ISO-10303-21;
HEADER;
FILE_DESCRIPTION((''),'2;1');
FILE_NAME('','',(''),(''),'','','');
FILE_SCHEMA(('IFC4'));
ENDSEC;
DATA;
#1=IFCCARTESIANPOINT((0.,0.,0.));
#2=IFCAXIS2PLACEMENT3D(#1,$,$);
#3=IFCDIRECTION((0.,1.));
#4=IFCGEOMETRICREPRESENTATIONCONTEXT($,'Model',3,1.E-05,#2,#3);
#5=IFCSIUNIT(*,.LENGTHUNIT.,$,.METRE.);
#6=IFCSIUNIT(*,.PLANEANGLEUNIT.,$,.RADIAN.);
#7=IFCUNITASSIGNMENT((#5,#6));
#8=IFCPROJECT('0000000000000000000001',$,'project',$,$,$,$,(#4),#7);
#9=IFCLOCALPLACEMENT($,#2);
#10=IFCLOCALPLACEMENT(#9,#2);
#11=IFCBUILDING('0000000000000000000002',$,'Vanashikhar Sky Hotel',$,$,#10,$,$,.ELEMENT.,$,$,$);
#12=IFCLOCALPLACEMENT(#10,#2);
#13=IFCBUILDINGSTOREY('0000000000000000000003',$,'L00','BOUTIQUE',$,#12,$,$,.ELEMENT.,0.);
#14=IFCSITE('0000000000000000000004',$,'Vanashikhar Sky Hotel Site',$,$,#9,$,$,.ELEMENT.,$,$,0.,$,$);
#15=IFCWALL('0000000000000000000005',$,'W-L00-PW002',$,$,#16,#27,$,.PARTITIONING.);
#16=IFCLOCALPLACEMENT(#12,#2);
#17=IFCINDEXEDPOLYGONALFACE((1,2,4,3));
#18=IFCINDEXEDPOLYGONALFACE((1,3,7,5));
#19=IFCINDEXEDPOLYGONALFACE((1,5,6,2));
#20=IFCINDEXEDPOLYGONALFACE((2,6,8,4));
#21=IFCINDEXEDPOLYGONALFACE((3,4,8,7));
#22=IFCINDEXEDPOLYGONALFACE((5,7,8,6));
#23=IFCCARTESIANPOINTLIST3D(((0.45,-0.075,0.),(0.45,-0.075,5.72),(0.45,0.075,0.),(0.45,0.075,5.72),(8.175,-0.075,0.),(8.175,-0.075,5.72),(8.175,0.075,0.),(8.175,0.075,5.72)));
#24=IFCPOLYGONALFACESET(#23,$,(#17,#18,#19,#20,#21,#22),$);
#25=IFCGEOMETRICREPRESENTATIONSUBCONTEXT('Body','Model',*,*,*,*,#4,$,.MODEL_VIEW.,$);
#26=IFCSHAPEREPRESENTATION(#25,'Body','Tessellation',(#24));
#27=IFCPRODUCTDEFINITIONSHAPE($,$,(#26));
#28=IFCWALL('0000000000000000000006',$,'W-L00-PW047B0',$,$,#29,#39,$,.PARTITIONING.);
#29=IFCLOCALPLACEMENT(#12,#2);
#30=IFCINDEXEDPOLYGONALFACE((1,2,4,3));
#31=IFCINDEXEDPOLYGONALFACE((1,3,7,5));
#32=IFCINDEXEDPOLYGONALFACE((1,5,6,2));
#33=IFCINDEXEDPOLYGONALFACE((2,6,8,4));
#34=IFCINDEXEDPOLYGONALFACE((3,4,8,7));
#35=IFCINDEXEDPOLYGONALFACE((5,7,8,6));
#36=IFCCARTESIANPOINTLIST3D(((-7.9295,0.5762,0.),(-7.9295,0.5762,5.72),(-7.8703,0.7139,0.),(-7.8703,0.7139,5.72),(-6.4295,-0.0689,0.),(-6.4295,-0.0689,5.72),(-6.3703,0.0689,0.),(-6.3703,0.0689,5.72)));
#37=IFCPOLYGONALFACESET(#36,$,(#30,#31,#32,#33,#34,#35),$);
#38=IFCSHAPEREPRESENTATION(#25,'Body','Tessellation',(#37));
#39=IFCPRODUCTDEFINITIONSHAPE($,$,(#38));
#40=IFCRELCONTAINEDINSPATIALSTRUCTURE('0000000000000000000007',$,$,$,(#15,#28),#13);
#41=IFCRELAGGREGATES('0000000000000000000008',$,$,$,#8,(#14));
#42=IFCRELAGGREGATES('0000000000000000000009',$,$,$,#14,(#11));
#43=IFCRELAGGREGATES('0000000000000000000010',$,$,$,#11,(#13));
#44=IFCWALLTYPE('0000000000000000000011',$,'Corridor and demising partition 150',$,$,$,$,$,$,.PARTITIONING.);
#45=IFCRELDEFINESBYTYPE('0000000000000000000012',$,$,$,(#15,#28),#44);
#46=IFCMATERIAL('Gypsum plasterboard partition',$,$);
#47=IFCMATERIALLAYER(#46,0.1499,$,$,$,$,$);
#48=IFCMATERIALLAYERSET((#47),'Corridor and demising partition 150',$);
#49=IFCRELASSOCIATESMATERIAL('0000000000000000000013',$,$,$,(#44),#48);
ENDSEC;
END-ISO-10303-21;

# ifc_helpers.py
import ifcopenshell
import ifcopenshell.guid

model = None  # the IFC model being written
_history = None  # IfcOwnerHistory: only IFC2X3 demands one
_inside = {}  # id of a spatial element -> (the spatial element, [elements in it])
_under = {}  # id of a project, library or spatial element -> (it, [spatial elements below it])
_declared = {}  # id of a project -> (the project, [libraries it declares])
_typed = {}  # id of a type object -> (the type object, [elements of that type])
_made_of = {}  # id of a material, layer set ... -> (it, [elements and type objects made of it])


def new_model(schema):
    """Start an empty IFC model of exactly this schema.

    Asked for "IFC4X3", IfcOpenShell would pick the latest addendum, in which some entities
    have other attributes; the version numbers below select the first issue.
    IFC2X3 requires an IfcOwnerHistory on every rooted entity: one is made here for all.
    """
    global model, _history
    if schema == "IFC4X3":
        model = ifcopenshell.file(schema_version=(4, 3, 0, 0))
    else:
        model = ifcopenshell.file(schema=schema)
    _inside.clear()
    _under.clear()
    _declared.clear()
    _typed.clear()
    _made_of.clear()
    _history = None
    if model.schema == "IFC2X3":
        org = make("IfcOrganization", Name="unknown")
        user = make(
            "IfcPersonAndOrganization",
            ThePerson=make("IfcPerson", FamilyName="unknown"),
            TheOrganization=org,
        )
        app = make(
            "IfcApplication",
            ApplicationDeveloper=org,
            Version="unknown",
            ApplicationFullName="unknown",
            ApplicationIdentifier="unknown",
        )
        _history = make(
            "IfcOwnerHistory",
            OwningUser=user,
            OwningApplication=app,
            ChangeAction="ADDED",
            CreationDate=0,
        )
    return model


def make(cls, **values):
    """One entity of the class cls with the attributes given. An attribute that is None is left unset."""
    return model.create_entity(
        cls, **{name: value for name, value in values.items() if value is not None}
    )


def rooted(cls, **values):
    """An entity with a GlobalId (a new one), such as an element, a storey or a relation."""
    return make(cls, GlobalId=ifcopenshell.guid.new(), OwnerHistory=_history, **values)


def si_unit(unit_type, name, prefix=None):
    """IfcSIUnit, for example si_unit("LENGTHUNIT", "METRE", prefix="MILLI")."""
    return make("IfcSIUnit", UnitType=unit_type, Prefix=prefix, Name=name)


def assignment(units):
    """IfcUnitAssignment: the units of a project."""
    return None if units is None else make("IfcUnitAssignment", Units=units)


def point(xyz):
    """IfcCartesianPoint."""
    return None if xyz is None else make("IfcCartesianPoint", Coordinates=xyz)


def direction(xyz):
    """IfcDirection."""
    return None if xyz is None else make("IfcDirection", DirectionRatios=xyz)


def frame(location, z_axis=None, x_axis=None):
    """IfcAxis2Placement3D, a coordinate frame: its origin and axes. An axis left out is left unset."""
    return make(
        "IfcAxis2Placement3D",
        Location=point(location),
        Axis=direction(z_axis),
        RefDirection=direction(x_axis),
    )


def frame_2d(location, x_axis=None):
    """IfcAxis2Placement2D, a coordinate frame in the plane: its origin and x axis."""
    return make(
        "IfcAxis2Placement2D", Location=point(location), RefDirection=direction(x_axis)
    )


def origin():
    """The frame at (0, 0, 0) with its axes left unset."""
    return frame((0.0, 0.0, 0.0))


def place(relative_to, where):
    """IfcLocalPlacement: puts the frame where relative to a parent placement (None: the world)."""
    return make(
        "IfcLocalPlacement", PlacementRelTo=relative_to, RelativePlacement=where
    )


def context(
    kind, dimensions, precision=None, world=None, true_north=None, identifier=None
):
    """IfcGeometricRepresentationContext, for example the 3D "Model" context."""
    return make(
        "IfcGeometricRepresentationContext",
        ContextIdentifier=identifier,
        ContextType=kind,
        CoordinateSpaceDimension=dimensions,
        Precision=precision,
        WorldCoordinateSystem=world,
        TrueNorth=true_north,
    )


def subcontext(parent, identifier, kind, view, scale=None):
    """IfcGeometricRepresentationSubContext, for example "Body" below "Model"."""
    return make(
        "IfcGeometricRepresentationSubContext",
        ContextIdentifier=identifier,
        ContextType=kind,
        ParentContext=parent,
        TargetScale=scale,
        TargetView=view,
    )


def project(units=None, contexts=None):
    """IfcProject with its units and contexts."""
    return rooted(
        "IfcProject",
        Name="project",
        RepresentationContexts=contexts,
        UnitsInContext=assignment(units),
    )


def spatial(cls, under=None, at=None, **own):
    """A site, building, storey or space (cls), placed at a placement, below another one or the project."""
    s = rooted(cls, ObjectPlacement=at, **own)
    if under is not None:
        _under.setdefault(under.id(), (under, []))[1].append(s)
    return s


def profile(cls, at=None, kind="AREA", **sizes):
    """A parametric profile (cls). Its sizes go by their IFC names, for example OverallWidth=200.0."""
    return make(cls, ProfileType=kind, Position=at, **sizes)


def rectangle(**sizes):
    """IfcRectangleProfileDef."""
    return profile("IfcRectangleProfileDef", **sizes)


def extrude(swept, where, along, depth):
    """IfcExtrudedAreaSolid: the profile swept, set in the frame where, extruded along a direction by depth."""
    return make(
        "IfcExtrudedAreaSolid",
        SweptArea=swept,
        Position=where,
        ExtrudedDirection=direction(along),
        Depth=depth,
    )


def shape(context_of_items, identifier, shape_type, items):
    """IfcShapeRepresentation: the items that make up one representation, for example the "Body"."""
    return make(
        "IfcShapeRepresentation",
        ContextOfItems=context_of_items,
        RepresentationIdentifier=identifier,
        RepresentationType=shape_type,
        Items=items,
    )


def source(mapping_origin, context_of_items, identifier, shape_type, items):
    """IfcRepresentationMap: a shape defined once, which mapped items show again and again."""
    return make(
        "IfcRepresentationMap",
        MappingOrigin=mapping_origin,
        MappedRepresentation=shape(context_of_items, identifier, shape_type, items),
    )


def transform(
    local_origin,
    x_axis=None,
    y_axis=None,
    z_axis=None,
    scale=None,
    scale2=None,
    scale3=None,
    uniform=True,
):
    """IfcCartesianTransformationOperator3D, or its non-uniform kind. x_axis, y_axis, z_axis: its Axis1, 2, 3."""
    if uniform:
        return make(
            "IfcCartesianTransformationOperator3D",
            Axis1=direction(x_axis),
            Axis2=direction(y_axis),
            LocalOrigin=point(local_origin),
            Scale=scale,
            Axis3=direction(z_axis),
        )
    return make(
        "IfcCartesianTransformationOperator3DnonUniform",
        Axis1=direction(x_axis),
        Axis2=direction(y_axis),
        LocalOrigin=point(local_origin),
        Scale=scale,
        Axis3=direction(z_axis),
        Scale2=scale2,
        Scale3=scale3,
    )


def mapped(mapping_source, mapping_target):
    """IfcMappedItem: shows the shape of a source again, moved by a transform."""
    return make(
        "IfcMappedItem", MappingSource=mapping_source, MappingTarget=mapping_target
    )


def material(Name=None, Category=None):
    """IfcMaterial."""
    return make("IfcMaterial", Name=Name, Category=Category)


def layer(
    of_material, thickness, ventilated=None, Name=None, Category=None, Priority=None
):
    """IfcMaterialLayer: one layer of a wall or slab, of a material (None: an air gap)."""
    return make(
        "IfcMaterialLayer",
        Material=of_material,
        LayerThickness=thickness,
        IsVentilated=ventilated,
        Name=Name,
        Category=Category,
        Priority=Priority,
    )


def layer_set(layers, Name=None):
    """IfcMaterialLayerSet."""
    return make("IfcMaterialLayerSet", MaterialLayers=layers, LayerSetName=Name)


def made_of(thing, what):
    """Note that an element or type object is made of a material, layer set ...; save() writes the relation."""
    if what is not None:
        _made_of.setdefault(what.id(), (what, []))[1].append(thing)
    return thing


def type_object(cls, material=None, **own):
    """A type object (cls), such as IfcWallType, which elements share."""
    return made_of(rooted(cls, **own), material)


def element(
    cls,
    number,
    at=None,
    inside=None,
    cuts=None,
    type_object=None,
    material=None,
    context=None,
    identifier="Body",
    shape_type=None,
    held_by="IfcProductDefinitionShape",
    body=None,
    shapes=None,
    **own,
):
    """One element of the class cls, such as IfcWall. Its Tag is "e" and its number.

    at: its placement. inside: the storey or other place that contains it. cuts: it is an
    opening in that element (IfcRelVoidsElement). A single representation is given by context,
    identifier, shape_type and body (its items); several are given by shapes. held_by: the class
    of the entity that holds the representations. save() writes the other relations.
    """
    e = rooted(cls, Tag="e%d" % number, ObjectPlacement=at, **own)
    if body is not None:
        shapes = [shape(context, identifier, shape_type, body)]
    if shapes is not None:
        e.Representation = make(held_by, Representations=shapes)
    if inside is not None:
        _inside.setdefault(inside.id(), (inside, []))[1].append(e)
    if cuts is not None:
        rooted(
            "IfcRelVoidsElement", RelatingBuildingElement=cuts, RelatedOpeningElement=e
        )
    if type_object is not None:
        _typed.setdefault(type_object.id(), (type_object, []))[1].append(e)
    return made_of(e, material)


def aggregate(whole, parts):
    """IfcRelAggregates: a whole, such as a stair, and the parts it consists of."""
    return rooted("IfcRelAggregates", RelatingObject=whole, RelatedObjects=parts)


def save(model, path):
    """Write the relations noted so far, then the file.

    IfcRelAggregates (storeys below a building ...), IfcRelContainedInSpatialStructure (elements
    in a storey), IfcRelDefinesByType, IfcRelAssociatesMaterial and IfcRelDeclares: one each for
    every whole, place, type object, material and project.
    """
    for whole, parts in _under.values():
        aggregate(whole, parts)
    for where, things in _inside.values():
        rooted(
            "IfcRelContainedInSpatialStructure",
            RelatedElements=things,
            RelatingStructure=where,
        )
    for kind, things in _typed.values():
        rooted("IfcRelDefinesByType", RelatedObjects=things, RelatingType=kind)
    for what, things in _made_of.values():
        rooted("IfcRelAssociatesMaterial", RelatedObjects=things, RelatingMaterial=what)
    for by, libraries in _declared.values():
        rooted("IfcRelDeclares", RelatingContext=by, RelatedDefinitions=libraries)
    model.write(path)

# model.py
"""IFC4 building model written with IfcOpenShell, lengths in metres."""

from ifc_helpers import new_model, si_unit, direction, frame, frame_2d, origin, place, context, subcontext, project, spatial, rectangle, extrude, source, transform, mapped, material, layer, layer_set, type_object, element, save


model = new_model("IFC4")

# Units and contexts
model_context = context("Model", 3, precision=1e-05, world=origin(), true_north=direction((0.0, 1.0)))
body_context = subcontext(model_context, "Body", "Model", "MODEL_VIEW")
ifc_project = project(units=[si_unit("LENGTHUNIT", "METRE"), si_unit("PLANEANGLEUNIT", "RADIAN")], contexts=[model_context])

# Site, building, storey
site_placement = place(None, origin())
site = spatial("IfcSite", under=ifc_project, at=site_placement, Name="Vanashikhar Sky Hotel Site", CompositionType="ELEMENT", RefElevation=0.0)
building_placement = place(site_placement, origin())
building = spatial("IfcBuilding", under=site, at=building_placement, Name="Vanashikhar Sky Hotel", CompositionType="ELEMENT")
storey_placement = place(building_placement, origin())
storey = spatial("IfcBuildingStorey", under=building, at=storey_placement, Name="L00", Description="BOUTIQUE", CompositionType="ELEMENT", Elevation=0.0)

# Shared definitions
ifc_material_1 = material(Name="Gypsum plasterboard partition")
ifc_layer_1 = layer(ifc_material_1, 0.1499)
ifc_layer_set_1 = layer_set([ifc_layer_1], Name="Corridor and demising partition 150")
wall_type_1 = type_object("IfcWallType", Name="Corridor and demising partition 150", PredefinedType="PARTITIONING", material=ifc_layer_set_1)

# Walls
shared_shape_1 = source(origin(), body_context, "Body", "SweptSolid", [
    extrude(rectangle(XDim=7.7251, YDim=0.1499, at=frame_2d((3.8625, 0.0))), origin(), (0.0, 0.0, 1.0), 5.72),
])
wall_1_placement = place(storey_placement, frame((0.45, 0.0, 0.0), z_axis=(0.0, 0.0, 1.0), x_axis=(1.0, 0.0, 0.0)))
element("IfcWall", 1, at=wall_1_placement, inside=storey, type_object=wall_type_1, Name="W-L00-PW002", PredefinedType="PARTITIONING", context=body_context, shape_type="MappedRepresentation", body=[
    mapped(shared_shape_1, transform((0.0, 0.0, 0.0), scale=1.0)),
])
shared_shape_2 = source(origin(), body_context, "Body", "SweptSolid", [
    extrude(rectangle(XDim=1.6328, YDim=0.1499, at=frame_2d((0.8164, 0.0))), origin(), (0.0, 0.0, 1.0), 5.72),
])
wall_2_placement = place(storey_placement, frame((-7.8999, 0.645, 0.0), z_axis=(0.0, 0.0, 1.0), x_axis=(0.918665, -0.395038, 0.0)))
element("IfcWall", 2, at=wall_2_placement, inside=storey, type_object=wall_type_1, Name="W-L00-PW047B0", PredefinedType="PARTITIONING", context=body_context, shape_type="MappedRepresentation", body=[
    mapped(shared_shape_2, transform((0.0, 0.0, 0.0), scale=1.0)),
])

save(model, "model.ifc")
